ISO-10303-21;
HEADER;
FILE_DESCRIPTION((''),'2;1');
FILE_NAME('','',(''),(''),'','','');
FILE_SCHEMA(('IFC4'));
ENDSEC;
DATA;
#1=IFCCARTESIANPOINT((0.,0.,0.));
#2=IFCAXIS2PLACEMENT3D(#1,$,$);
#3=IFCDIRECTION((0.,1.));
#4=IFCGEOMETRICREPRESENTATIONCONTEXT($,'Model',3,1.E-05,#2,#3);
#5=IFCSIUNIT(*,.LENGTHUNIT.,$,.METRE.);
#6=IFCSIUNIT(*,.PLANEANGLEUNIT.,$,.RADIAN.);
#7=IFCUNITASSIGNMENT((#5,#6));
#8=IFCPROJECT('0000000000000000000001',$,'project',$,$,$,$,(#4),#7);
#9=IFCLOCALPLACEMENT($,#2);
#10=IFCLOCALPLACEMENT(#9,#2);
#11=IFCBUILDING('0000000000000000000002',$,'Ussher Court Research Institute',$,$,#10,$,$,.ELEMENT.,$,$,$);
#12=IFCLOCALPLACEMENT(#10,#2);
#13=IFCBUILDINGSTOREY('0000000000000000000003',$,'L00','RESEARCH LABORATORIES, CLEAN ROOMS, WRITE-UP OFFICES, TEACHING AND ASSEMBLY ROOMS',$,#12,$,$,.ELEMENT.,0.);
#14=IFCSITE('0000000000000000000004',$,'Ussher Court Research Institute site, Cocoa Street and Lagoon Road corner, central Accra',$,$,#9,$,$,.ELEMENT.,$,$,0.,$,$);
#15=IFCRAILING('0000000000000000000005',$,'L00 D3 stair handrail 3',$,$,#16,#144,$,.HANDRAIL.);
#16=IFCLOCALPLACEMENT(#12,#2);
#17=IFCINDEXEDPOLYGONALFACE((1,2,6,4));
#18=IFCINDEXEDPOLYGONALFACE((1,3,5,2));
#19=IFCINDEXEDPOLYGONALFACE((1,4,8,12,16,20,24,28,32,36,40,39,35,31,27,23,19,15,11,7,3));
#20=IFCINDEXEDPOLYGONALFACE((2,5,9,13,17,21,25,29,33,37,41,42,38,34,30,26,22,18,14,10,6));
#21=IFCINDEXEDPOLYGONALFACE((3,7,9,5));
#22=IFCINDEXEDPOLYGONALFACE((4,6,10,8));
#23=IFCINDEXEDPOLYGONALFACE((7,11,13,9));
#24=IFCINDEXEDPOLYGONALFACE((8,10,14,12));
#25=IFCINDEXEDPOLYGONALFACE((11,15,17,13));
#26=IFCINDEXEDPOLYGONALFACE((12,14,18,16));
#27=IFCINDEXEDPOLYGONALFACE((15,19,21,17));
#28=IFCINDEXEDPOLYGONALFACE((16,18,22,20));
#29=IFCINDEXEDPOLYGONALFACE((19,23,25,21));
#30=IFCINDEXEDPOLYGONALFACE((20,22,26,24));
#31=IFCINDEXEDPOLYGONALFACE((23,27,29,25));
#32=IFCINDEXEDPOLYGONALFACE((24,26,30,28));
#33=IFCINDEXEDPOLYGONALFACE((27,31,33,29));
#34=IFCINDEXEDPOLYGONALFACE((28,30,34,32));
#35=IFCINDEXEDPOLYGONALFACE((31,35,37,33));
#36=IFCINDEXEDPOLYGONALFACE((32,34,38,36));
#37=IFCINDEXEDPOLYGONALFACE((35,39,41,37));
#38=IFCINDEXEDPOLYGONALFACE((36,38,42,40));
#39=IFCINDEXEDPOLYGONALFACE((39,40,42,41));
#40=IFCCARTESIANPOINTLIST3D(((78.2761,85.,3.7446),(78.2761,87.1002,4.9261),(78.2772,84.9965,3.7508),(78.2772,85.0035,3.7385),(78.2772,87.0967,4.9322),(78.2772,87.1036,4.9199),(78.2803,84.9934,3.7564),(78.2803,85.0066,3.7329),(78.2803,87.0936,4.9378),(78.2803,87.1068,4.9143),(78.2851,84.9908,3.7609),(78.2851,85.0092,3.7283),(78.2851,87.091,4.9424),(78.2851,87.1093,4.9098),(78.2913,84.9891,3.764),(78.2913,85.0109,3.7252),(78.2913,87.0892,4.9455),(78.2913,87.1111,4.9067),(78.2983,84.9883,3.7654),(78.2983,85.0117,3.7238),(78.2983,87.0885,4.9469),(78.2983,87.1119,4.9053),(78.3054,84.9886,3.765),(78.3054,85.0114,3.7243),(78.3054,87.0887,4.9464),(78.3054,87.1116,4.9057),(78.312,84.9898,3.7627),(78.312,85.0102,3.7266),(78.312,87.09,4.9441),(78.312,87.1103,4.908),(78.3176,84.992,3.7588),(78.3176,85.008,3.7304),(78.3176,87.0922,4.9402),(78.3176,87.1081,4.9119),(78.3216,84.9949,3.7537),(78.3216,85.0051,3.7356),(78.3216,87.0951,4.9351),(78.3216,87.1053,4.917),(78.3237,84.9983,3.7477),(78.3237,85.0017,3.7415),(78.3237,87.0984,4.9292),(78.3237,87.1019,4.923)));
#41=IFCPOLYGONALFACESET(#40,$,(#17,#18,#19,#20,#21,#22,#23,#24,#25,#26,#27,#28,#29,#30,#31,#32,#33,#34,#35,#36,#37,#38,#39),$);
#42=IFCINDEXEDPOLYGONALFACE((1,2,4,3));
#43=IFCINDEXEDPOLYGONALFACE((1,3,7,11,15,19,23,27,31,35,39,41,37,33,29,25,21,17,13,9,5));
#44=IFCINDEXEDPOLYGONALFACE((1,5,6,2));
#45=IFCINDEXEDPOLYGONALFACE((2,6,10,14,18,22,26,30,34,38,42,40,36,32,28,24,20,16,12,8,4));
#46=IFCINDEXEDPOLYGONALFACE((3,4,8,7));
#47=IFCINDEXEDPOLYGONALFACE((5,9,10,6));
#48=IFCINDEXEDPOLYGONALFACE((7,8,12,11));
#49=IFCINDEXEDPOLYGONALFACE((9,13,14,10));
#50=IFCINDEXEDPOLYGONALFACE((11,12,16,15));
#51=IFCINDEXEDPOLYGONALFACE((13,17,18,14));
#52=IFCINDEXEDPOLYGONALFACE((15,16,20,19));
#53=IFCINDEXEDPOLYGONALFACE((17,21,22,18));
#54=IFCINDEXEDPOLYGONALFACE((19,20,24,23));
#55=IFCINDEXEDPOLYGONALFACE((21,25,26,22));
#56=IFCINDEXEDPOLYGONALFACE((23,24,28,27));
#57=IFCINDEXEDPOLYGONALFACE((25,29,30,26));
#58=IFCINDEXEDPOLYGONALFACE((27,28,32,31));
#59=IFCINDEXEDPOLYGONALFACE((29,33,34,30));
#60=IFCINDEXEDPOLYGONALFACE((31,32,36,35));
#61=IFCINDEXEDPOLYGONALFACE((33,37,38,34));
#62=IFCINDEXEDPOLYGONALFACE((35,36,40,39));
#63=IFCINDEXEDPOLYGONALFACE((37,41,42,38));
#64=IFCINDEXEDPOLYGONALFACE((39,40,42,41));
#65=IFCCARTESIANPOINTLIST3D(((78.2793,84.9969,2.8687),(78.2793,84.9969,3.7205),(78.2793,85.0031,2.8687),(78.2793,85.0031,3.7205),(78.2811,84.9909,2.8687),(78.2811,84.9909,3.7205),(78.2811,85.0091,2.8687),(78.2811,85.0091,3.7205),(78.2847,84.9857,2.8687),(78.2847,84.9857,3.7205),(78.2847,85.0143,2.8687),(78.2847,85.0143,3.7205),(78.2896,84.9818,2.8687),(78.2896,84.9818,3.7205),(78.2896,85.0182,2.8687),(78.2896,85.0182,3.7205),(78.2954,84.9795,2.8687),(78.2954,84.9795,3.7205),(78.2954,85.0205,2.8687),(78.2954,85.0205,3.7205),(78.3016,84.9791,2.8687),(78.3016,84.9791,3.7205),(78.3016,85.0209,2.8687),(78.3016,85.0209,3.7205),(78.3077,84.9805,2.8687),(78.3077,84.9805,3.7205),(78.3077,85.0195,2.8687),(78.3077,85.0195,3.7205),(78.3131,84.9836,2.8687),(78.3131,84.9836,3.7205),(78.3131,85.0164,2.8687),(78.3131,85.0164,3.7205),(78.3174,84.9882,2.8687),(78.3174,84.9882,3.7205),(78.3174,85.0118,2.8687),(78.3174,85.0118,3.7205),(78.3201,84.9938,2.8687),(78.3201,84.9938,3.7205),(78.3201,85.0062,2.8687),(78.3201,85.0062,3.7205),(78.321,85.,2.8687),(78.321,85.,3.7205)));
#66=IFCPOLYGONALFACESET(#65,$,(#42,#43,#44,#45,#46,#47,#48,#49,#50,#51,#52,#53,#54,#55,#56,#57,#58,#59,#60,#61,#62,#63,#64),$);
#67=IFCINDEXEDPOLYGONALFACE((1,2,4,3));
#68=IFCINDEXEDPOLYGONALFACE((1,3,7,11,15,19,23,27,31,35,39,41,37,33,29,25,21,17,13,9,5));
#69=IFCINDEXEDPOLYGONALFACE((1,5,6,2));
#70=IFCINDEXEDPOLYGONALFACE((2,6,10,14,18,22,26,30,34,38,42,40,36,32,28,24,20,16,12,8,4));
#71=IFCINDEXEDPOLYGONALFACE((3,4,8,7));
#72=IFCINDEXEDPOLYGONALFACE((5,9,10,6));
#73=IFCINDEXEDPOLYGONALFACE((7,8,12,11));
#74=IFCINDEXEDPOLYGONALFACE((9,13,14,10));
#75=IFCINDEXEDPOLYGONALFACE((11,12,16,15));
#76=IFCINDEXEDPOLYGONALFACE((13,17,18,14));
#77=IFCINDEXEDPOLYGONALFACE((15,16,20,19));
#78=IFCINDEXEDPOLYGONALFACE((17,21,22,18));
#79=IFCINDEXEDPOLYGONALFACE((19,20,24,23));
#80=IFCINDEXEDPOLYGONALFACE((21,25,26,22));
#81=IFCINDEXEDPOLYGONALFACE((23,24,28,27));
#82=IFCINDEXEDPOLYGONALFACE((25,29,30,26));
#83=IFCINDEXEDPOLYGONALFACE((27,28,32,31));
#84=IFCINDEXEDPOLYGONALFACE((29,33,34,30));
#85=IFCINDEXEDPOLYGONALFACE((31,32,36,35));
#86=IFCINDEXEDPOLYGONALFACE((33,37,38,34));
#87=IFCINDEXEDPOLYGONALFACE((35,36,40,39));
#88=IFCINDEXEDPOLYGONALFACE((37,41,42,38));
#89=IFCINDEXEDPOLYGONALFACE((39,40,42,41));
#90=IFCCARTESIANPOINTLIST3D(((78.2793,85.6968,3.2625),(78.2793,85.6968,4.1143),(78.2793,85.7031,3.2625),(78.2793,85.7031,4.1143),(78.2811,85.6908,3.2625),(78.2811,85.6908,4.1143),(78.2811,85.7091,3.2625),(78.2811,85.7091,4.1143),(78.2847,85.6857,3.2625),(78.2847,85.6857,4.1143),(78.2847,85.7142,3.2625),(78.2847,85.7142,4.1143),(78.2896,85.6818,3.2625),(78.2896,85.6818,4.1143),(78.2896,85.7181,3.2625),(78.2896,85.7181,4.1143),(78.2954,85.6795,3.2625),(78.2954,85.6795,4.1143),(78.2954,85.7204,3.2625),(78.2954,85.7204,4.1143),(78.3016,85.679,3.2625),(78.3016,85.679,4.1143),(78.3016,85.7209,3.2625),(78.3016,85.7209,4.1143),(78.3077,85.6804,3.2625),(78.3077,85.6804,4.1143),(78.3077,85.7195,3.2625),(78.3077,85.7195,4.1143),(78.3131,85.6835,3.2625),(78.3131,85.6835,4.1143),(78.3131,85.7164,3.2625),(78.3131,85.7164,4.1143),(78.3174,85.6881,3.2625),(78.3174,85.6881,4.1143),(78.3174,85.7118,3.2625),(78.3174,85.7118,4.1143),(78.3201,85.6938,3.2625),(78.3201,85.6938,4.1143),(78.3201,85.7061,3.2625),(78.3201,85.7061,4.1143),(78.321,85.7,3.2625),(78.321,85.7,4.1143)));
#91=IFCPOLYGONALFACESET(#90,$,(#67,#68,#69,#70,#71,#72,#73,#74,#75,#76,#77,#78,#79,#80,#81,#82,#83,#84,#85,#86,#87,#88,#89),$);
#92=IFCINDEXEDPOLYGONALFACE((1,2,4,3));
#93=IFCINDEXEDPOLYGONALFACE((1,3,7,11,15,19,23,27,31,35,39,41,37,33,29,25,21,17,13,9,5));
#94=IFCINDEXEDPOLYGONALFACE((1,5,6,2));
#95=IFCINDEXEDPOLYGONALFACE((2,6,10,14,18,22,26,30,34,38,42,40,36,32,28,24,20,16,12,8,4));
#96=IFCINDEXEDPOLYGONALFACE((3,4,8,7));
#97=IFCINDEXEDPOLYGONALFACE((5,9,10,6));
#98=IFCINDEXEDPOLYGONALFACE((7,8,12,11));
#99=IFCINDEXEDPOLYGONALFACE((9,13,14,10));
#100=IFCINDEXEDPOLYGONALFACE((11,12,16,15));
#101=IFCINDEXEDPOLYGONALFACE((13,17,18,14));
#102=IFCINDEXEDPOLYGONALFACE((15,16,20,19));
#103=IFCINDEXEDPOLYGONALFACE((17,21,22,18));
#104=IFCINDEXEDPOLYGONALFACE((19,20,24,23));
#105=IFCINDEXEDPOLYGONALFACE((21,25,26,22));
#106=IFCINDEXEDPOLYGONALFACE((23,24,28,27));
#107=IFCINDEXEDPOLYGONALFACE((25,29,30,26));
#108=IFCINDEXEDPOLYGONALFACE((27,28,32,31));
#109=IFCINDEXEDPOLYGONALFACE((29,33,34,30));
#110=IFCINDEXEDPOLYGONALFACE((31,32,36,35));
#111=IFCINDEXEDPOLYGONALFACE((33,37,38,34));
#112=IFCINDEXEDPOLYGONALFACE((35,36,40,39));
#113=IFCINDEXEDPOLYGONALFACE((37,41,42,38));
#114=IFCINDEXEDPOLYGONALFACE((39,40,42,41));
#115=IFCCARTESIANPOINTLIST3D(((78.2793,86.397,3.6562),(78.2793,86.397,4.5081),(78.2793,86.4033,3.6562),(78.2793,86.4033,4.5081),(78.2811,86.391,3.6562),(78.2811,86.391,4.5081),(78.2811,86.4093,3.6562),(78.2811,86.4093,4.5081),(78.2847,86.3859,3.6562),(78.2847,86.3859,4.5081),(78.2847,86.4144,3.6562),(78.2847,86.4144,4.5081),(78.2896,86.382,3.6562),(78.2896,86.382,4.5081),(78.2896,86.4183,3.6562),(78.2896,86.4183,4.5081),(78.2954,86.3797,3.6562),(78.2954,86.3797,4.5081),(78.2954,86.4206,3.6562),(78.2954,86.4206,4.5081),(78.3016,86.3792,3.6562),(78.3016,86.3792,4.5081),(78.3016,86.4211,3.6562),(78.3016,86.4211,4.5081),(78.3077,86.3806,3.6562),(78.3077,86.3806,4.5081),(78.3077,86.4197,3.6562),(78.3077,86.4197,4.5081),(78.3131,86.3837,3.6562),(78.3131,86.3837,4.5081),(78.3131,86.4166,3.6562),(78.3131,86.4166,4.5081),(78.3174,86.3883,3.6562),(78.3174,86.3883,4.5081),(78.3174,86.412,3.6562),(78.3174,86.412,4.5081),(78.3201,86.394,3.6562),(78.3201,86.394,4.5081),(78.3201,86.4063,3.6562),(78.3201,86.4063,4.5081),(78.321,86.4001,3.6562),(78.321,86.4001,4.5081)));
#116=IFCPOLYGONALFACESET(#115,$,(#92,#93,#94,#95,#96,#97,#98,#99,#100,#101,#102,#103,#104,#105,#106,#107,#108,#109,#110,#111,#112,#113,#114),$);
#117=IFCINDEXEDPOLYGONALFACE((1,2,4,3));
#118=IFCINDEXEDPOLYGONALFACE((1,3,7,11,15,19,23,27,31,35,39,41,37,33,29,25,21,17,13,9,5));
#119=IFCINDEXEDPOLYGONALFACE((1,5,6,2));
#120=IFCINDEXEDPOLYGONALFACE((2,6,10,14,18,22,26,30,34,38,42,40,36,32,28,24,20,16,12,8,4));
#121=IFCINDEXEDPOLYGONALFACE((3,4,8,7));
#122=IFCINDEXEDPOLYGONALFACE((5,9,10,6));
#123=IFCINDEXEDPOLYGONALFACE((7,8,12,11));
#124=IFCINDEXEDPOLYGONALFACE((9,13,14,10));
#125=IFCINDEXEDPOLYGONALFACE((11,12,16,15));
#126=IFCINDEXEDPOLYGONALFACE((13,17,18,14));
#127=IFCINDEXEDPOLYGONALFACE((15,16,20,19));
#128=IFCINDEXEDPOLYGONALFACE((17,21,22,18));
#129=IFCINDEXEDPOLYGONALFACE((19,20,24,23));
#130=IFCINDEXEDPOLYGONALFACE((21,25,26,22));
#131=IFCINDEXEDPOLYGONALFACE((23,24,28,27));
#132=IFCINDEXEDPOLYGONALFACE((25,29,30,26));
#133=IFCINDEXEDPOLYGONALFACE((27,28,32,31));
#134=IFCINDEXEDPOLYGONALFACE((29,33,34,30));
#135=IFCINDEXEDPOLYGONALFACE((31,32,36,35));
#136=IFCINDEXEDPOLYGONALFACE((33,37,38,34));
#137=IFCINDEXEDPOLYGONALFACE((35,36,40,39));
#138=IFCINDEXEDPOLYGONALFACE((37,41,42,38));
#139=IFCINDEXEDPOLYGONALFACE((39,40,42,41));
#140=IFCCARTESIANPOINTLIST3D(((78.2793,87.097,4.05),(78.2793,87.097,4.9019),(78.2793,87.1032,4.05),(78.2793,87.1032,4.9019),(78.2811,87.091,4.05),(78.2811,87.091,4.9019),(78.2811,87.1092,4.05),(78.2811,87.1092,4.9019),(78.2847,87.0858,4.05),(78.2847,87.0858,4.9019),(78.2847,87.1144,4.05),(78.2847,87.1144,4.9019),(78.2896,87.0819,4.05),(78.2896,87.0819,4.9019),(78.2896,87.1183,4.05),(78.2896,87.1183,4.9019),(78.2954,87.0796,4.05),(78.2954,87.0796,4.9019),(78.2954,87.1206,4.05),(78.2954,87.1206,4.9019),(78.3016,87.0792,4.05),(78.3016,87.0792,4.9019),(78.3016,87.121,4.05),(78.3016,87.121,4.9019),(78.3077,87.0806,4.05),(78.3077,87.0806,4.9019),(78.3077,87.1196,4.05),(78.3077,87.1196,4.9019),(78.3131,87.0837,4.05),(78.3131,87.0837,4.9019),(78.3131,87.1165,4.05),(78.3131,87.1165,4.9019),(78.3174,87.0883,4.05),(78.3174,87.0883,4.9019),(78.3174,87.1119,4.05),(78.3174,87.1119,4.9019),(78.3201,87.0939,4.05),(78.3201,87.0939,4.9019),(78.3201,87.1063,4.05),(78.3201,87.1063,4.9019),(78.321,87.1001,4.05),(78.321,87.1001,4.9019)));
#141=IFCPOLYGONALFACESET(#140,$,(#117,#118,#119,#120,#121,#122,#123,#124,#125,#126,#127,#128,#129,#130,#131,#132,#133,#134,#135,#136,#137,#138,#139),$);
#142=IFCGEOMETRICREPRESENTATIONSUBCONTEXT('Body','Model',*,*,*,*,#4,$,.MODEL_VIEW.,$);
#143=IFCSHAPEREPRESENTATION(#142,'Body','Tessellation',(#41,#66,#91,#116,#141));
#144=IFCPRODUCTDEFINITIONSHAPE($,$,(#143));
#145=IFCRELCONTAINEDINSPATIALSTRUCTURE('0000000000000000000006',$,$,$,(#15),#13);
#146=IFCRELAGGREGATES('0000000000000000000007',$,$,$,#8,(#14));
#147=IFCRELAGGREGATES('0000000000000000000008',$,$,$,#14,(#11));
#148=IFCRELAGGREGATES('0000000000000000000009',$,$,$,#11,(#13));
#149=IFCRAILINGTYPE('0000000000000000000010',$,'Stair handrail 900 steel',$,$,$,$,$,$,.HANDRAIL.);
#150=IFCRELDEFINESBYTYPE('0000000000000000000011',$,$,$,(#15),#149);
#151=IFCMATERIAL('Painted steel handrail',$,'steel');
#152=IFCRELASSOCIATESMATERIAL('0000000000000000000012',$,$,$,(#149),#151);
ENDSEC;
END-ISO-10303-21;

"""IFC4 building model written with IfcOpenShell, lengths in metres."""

from ifc_helpers import new_model, si_unit, direction, frame, origin, origin_2d, place, context, subcontext, project, spatial, circle, extrude, material, type_object, element, save


model = new_model("IFC4")

# Units and contexts
model_context = context("Model", 3, precision=1e-05, world=origin(), true_north=direction((0.0, 1.0)))
body_context = subcontext(model_context, "Body", "Model", "MODEL_VIEW")
ifc_project = project(units=[si_unit("LENGTHUNIT", "METRE"), si_unit("PLANEANGLEUNIT", "RADIAN")], contexts=[model_context])

# Site, building, storey
site_placement = place(None, origin())
site = spatial("IfcSite", under=ifc_project, at=site_placement, Name="Ussher Court Research Institute site, Cocoa Street and Lagoon Road corner, central Accra", CompositionType="ELEMENT", RefElevation=0.0)
building_placement = place(site_placement, origin())
building = spatial("IfcBuilding", under=site, at=building_placement, Name="Ussher Court Research Institute", CompositionType="ELEMENT")
storey_placement = place(building_placement, origin())
storey = spatial("IfcBuildingStorey", under=building, at=storey_placement, Name="L00", Description="RESEARCH LABORATORIES, CLEAN ROOMS, WRITE-UP OFFICES, TEACHING AND ASSEMBLY ROOMS", CompositionType="ELEMENT", Elevation=0.0)

# Railing
ifc_material_1 = material(Name="Painted steel handrail", Category="steel")
railing_type_1 = type_object("IfcRailingType", Name="Stair handrail 900 steel", PredefinedType="HANDRAIL", material=ifc_material_1)
for number, where, name in (
    (1, (78.3, 85.0, 2.8687), "L00 D3 stair handrail 3"),
):
    element("IfcRailing", number, at=place(storey_placement, frame(where)), inside=storey, type_object=railing_type_1, Name=name, PredefinedType="HANDRAIL", context=body_context, shape_type="SweptSolid", body=[
        extrude(circle(Radius=0.0239, at=origin_2d()), frame((0.0, 0.0, 0.876), z_axis=(0.0, 0.871559, 0.49029), x_axis=(-1.0, 0.0, 0.0)), (0.0, 0.0, 1.0), 2.4097),
        extrude(circle(Radius=0.021, at=origin_2d()), origin(), (0.0, 0.0, 1.0), 0.8518),
        extrude(circle(Radius=0.021, at=origin_2d()), frame((0.0, 0.7, 0.3938)), (0.0, 0.0, 1.0), 0.8518),
        extrude(circle(Radius=0.021, at=origin_2d()), frame((0.0, 1.4001, 0.7876)), (0.0, 0.0, 1.0), 0.8518),
        extrude(circle(Radius=0.021, at=origin_2d()), frame((0.0, 2.1001, 1.1814)), (0.0, 0.0, 1.0), 0.8518),
    ])

save(model, "model.ifc")
